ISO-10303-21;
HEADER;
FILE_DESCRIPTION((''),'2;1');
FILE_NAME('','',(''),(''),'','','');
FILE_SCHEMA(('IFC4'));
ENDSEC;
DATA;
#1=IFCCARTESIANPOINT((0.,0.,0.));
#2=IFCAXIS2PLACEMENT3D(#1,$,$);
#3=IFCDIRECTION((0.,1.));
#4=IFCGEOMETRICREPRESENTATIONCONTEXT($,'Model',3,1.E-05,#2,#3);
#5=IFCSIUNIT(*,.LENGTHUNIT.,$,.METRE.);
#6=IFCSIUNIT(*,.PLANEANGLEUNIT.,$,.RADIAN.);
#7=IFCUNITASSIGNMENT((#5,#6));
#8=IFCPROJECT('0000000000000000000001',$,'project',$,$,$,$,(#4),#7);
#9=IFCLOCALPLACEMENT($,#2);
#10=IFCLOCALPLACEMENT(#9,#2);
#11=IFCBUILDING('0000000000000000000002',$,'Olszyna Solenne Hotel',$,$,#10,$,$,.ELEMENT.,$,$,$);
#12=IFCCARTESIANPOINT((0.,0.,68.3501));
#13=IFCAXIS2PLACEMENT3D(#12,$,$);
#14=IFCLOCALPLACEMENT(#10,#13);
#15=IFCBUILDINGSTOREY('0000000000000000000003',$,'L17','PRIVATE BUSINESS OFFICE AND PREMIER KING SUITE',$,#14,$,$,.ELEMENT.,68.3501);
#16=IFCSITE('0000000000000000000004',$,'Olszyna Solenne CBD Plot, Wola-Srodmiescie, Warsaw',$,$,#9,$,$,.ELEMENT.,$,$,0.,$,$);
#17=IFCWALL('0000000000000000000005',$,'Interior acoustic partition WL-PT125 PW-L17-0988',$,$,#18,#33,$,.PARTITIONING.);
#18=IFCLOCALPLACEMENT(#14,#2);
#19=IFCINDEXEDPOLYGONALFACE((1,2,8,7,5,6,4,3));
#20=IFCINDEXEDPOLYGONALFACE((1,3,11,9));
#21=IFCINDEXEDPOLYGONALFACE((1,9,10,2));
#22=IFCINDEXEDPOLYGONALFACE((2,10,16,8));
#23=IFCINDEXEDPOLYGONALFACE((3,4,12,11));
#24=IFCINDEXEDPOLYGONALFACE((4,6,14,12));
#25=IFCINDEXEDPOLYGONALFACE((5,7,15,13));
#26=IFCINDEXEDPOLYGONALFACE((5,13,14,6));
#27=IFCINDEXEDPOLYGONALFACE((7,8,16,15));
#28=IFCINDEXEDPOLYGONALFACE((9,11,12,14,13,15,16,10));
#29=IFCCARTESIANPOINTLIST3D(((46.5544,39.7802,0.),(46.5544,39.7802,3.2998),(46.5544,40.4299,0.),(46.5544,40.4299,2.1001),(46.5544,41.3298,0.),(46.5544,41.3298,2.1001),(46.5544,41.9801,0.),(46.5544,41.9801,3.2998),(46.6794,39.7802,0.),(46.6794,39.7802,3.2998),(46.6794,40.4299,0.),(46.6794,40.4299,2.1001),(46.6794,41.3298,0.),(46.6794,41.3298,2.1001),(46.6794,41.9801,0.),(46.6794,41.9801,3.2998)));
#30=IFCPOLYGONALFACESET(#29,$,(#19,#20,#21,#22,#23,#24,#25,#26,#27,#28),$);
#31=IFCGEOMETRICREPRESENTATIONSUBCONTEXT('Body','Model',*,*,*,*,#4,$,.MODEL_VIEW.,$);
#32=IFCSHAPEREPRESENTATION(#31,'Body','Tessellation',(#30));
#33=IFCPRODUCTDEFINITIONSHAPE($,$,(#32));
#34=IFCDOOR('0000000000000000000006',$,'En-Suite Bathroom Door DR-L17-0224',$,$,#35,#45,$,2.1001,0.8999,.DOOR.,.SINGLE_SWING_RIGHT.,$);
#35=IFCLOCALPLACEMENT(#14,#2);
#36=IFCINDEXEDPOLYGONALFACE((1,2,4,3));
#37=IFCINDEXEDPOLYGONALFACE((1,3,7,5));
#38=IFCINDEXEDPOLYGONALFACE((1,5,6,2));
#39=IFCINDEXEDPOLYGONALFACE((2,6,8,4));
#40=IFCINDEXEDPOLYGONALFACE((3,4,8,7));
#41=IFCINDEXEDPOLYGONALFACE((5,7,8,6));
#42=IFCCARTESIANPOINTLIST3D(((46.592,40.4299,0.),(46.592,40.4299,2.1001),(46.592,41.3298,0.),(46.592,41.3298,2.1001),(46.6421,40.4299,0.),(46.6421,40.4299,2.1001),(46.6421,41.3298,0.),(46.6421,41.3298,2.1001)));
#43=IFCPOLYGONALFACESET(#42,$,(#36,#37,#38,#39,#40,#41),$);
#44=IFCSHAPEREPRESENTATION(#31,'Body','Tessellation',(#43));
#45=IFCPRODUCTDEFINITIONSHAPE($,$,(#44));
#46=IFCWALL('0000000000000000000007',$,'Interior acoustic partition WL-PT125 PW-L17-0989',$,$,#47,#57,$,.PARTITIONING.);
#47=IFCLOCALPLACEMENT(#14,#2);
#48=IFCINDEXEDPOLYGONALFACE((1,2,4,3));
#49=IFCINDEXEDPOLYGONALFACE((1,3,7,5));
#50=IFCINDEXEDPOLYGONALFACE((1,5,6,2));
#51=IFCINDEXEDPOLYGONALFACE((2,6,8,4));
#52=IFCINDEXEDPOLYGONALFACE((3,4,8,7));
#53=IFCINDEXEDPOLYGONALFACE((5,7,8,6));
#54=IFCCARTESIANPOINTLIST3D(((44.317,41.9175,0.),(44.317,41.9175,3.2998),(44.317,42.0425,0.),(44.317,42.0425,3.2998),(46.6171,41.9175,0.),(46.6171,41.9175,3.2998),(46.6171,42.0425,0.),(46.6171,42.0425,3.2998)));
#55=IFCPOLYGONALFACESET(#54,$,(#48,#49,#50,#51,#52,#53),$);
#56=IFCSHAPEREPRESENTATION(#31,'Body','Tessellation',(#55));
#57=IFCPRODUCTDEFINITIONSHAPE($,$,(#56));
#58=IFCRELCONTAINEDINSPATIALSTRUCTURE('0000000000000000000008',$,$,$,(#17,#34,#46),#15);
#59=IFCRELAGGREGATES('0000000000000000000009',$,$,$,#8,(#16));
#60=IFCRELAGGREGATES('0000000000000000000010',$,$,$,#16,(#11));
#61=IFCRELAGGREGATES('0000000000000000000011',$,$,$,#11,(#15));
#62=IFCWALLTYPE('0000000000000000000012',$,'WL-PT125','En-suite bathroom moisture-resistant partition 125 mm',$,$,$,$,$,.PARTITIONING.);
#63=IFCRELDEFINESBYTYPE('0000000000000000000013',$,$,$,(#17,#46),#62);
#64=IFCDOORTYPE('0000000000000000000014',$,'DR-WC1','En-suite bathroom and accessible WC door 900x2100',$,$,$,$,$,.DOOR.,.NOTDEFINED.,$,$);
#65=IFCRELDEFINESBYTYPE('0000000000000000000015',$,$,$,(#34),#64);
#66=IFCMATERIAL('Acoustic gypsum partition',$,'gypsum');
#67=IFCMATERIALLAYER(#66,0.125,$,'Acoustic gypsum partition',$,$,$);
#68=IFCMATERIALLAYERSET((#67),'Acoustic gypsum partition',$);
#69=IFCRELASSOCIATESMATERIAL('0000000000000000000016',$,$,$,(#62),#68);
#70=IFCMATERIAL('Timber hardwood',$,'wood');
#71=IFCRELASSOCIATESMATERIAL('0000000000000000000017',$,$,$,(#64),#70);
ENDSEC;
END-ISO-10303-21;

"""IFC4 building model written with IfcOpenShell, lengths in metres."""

from ifc_helpers import new_model, si_unit, direction, frame, frame_2d, origin, place, context, subcontext, project, spatial, rectangle, extrude, source, transform, mapped, material, layer, layer_set, type_object, type_shapes, element, fill, save


model = new_model("IFC4")

# Units and contexts
model_context = context("Model", 3, precision=1e-05, world=origin(), true_north=direction((0.0, 1.0)))
body_context = subcontext(model_context, "Body", "Model", "MODEL_VIEW")
ifc_project = project(units=[si_unit("LENGTHUNIT", "METRE"), si_unit("PLANEANGLEUNIT", "RADIAN")], contexts=[model_context])

# Site, building, storey
site_placement = place(None, origin())
site = spatial("IfcSite", under=ifc_project, at=site_placement, Name="Olszyna Solenne CBD Plot, Wola-Srodmiescie, Warsaw", CompositionType="ELEMENT", RefElevation=0.0)
building_placement = place(site_placement, origin())
building = spatial("IfcBuilding", under=site, at=building_placement, Name="Olszyna Solenne Hotel", CompositionType="ELEMENT")
storey_placement = place(building_placement, frame((0.0, 0.0, 68.3501)))
storey = spatial("IfcBuildingStorey", under=building, at=storey_placement, Name="L17", Description="PRIVATE BUSINESS OFFICE AND PREMIER KING SUITE", CompositionType="ELEMENT", Elevation=68.3501)

# Shared definitions
ifc_material_1 = material(Name="Timber hardwood", Category="wood")

# Shared definitions
ifc_material_2 = material(Name="Acoustic gypsum partition", Category="gypsum")
ifc_layer_1 = layer(ifc_material_2, 0.125, Name="Acoustic gypsum partition")
ifc_layer_set_1 = layer_set([ifc_layer_1], Name="Acoustic gypsum partition")
wall_type_1 = type_object("IfcWallType", Name="WL-PT125", Description="En-suite bathroom moisture-resistant partition 125 mm", PredefinedType="PARTITIONING", material=ifc_layer_set_1)
door_type_1 = type_object("IfcDoorType", Name="DR-WC1", Description="En-suite bathroom and accessible WC door 900x2100", OperationType="NOTDEFINED", PredefinedType="DOOR", material=ifc_material_1)
shared_shape_1 = source(origin(), body_context, "Body", "SweptSolid", [
    extrude(rectangle(XDim=0.8999, YDim=2.1001, at=frame_2d((0.45, 1.05))), frame((0.0, 0.0249, 0.0), z_axis=(0.0, -1.0, 0.0), x_axis=(1.0, 0.0, 0.0)), (0.0, 0.0, 1.0), 0.05),
])
type_shapes(door_type_1, [shared_shape_1])

# Wall, opening, door
wall_1_placement = place(storey_placement, frame((46.6169, 39.78, 0.0), z_axis=(0.0, 0.0, 1.0), x_axis=(0.0, 1.0, 0.0)))
wall_1 = element("IfcWall", 1, at=wall_1_placement, inside=storey, type_object=wall_type_1, Name="Interior acoustic partition WL-PT125 PW-L17-0988", PredefinedType="PARTITIONING", context=body_context, shape_type="SweptSolid", body=[
    extrude(rectangle(XDim=2.2, YDim=0.125, at=frame_2d((1.1001, 0.0))), origin(), (0.0, 0.0, 1.0), 3.2998),
])
opening_1_placement = place(wall_1_placement, frame((0.6499, 0.0, 0.0)))
opening_1 = element("IfcOpeningElement", 2, at=opening_1_placement, cuts=wall_1, PredefinedType="OPENING", context=body_context, shape_type="SweptSolid", body=[
    extrude(rectangle(XDim=0.8999, YDim=2.1001, at=frame_2d((0.45, 1.05))), frame((0.0, 0.0725, 0.0), z_axis=(0.0, -1.0, 0.0), x_axis=(1.0, 0.0, 0.0)), (0.0, 0.0, 1.0), 0.145),
])
door_1_placement = place(opening_1_placement, origin())
door_1 = element("IfcDoor", 3, at=door_1_placement, inside=storey, type_object=door_type_1, Name="En-Suite Bathroom Door DR-L17-0224", OperationType="SINGLE_SWING_RIGHT", OverallHeight=2.1001, OverallWidth=0.8999, PredefinedType="DOOR", context=body_context, shape_type="MappedRepresentation", body=[
    mapped(shared_shape_1, transform((0.0, 0.0, 0.0), x_axis=(1.0, 0.0, 0.0), y_axis=(0.0, 1.0, 0.0), z_axis=(0.0, 0.0, 1.0), scale=1.0)),
])
fill(opening_1, door_1)

# Wall
wall_2_placement = place(storey_placement, frame((46.6169, 41.98, 0.0), z_axis=(0.0, 0.0, 1.0), x_axis=(-1.0, 0.0, 0.0)))
element("IfcWall", 4, at=wall_2_placement, inside=storey, type_object=wall_type_1, Name="Interior acoustic partition WL-PT125 PW-L17-0989", PredefinedType="PARTITIONING", context=body_context, shape_type="SweptSolid", body=[
    extrude(rectangle(XDim=2.3, YDim=0.125, at=frame_2d((1.1499, 0.0))), origin(), (0.0, 0.0, 1.0), 3.2998),
])

save(model, "model.ifc")
